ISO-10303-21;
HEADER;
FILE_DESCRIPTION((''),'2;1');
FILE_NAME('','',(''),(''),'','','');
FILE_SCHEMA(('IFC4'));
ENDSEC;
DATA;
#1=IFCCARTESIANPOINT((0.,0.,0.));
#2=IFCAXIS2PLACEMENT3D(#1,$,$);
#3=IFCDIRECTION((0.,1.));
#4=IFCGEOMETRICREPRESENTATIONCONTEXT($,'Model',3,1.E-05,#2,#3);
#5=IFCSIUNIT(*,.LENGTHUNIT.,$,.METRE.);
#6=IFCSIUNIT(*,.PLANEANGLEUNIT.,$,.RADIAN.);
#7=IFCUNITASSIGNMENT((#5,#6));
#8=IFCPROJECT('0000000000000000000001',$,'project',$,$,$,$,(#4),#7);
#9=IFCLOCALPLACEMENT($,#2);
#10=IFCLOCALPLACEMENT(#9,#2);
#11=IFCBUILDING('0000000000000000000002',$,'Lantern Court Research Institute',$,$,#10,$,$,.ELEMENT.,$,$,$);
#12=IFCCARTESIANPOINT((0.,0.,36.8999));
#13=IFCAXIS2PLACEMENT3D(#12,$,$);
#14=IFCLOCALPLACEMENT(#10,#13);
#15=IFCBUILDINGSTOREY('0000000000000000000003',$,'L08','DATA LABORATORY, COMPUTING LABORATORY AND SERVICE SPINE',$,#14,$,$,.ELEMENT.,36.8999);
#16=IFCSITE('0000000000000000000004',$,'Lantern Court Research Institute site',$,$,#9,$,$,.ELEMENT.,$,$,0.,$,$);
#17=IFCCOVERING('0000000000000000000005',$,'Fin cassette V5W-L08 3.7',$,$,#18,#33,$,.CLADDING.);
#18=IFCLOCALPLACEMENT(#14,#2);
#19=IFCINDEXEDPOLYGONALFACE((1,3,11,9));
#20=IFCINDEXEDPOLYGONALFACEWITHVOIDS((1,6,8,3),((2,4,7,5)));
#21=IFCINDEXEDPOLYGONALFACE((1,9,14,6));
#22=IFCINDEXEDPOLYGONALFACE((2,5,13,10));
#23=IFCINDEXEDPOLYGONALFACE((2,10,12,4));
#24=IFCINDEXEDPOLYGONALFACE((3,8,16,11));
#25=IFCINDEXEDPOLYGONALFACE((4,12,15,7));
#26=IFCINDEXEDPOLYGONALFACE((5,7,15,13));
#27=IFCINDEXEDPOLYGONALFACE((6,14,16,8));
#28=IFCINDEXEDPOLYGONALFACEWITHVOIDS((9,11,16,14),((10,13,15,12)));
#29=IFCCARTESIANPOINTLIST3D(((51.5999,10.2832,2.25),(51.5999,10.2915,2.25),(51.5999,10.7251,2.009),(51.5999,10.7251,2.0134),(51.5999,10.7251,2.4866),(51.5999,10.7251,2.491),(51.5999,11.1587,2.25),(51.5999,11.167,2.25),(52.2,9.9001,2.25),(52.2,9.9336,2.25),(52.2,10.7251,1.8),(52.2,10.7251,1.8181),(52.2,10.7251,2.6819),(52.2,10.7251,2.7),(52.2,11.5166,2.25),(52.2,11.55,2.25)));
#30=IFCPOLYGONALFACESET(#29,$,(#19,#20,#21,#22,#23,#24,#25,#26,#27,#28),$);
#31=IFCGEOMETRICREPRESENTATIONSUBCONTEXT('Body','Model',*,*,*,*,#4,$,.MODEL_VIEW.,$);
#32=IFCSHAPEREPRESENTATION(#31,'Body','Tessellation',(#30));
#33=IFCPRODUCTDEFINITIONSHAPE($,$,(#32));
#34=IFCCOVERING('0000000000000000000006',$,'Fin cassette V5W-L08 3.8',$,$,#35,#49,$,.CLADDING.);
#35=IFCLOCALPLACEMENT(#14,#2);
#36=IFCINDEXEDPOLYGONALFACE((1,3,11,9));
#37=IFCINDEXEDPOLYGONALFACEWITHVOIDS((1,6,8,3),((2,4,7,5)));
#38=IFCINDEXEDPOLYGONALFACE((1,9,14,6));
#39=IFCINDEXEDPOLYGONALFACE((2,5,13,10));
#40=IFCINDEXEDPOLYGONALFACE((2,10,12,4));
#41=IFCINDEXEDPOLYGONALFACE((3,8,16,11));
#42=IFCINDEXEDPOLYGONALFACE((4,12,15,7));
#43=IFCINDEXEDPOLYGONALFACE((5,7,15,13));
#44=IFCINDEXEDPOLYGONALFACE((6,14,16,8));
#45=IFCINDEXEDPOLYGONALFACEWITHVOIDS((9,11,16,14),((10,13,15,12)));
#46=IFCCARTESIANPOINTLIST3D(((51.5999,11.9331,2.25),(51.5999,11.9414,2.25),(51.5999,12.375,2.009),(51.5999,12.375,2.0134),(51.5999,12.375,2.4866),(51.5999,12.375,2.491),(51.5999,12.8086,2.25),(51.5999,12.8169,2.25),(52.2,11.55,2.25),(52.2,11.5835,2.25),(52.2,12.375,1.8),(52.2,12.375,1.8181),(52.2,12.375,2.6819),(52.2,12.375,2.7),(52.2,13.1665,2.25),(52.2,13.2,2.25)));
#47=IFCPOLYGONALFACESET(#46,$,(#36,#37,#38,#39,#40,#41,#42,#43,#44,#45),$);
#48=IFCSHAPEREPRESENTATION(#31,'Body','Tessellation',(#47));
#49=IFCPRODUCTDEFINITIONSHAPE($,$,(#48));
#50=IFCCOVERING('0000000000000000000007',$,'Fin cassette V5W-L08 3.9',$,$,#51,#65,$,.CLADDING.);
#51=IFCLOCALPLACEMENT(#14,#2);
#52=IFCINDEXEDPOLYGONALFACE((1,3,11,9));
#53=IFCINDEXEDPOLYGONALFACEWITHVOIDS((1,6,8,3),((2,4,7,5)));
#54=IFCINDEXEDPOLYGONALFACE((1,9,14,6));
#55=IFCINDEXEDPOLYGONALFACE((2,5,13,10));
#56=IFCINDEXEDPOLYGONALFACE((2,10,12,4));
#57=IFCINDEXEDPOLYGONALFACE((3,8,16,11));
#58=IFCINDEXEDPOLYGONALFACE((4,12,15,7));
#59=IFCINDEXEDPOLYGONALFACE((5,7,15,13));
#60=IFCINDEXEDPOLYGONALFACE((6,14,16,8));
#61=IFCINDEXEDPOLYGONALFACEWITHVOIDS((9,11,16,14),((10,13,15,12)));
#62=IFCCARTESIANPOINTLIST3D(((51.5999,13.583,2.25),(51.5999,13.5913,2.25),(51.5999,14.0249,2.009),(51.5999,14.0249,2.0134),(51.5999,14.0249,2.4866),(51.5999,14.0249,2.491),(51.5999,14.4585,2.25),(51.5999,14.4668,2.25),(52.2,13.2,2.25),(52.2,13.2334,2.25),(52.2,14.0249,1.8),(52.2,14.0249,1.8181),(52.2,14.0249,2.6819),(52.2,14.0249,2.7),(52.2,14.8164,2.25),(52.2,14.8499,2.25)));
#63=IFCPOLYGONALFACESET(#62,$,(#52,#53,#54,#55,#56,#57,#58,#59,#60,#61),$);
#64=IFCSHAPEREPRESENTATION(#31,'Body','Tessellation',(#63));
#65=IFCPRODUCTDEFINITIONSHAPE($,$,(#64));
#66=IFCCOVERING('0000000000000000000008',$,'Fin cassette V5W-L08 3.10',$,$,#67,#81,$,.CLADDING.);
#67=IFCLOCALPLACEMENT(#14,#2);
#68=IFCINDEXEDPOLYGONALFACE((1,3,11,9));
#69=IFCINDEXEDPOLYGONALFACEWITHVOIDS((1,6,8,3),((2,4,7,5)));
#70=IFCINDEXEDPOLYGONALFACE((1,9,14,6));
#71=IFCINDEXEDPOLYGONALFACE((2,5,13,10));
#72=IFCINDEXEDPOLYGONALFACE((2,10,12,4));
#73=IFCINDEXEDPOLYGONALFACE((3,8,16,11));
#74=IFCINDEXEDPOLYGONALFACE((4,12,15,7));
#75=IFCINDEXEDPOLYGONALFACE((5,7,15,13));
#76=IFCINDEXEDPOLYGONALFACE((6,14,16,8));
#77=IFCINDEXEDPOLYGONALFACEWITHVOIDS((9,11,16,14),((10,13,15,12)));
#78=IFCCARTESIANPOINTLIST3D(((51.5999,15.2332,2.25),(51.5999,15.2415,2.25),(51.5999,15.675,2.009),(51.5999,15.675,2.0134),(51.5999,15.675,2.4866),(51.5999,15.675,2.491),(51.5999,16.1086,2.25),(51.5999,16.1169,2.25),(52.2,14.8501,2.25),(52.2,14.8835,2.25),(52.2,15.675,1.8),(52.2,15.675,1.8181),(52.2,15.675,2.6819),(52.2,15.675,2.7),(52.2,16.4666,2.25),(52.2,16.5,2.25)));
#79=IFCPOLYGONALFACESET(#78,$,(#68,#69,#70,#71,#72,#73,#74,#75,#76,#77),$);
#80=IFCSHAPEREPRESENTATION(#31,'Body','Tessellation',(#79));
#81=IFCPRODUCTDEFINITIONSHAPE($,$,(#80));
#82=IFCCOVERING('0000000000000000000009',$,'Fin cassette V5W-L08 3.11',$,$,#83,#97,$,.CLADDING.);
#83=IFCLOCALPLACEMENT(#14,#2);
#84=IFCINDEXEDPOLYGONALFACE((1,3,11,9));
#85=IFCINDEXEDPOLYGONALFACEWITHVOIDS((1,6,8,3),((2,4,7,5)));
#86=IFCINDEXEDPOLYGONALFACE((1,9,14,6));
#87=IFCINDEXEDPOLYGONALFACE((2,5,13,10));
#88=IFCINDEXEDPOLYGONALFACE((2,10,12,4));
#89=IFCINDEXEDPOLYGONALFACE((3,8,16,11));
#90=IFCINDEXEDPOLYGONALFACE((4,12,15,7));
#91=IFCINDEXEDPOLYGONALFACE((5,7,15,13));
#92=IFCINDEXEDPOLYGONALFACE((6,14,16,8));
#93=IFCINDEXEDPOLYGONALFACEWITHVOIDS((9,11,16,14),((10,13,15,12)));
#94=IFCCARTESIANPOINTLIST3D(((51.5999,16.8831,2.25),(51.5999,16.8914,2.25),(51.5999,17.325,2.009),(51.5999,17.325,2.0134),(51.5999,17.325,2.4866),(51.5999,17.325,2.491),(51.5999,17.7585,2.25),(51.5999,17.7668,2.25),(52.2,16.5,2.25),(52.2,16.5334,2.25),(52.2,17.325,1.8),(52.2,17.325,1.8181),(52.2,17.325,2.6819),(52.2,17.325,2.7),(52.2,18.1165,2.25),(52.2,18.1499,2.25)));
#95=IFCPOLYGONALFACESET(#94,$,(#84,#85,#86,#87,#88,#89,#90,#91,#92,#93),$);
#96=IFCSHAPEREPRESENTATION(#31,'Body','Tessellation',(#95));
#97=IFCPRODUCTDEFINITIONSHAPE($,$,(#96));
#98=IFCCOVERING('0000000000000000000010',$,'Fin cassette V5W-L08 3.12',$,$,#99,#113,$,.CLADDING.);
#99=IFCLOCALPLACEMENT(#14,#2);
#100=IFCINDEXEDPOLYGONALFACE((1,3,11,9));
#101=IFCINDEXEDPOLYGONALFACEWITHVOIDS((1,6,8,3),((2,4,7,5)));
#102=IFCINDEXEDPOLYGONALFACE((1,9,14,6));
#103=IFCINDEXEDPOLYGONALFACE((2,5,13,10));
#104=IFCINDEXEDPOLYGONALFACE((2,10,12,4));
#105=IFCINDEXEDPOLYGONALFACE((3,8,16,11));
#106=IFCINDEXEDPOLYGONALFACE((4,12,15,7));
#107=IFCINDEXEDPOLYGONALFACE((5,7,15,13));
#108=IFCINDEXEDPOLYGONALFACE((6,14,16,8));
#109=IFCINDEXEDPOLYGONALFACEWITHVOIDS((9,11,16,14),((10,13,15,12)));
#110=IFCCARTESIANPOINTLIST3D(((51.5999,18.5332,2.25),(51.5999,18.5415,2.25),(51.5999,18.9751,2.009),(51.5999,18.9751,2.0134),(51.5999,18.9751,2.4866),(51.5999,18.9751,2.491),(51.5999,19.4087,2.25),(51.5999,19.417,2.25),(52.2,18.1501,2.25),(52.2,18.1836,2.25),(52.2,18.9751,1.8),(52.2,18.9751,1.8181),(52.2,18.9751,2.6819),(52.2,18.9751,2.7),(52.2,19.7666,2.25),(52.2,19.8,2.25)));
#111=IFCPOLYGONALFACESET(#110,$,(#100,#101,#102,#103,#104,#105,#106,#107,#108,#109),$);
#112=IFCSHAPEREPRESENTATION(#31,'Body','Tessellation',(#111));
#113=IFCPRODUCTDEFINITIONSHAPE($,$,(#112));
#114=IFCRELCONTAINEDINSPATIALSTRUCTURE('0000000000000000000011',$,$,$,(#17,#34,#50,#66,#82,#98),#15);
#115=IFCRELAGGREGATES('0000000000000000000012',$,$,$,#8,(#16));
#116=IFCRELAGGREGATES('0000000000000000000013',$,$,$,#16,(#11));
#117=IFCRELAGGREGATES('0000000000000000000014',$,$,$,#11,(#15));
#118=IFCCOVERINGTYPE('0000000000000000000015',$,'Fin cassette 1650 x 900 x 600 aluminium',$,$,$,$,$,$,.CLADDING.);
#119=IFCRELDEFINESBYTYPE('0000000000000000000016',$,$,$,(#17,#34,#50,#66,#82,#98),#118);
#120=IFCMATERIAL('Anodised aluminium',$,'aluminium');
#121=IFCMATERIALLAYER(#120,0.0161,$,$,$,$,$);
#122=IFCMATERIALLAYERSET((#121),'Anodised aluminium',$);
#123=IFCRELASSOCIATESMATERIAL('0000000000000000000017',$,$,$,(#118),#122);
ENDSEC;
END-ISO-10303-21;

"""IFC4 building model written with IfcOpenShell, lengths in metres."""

from ifc_helpers import new_model, entity, si_unit, direction, frame, origin, place, context, subcontext, project, spatial, material, layer, layer_set, type_object, element, save


model = new_model("IFC4")

# Units and contexts
model_context = context("Model", 3, precision=1e-05, world=origin(), true_north=direction((0.0, 1.0)))
body_context = subcontext(model_context, "Body", "Model", "MODEL_VIEW")
ifc_project = project(units=[si_unit("LENGTHUNIT", "METRE"), si_unit("PLANEANGLEUNIT", "RADIAN")], contexts=[model_context])

# Site, building, storey
site_placement = place(None, origin())
site = spatial("IfcSite", under=ifc_project, at=site_placement, Name="Lantern Court Research Institute site", CompositionType="ELEMENT", RefElevation=0.0)
building_placement = place(site_placement, origin())
building = spatial("IfcBuilding", under=site, at=building_placement, Name="Lantern Court Research Institute", CompositionType="ELEMENT")
storey_placement = place(building_placement, frame((0.0, 0.0, 36.8999)))
storey = spatial("IfcBuildingStorey", under=building, at=storey_placement, Name="L08", Description="DATA LABORATORY, COMPUTING LABORATORY AND SERVICE SPINE", CompositionType="ELEMENT", Elevation=36.8999)

# Coverings
ifc_material = material(Name="Anodised aluminium", Category="aluminium")
ifc_layer = layer(ifc_material, 0.0161)
ifc_layer_set = layer_set([ifc_layer], Name="Anodised aluminium")
covering_type = type_object("IfcCoveringType", Name="Fin cassette 1650 x 900 x 600 aluminium", PredefinedType="CLADDING", material=ifc_layer_set)
covering_1_placement = place(storey_placement, frame((52.2, 10.7251, 2.25), z_axis=(-1.0, 0.0, 0.0), x_axis=(0.0, -1.0, 0.0)))
cartesian_point_1 = entity("IfcCartesianPoint", [0.825, 0.0])
cartesian_point_2 = entity("IfcCartesianPoint", [0.7915, 0.0])
cartesian_point_3 = entity("IfcCartesianPoint", [0.4419, 0.0])
cartesian_point_4 = entity("IfcCartesianPoint", [0.4336, 0.0])
element("IfcCovering", 1, at=covering_1_placement, inside=storey, type_object=covering_type, Name="Fin cassette V5W-L08 3.7", PredefinedType="CLADDING", context=body_context, shape_type="SweptSolid", body=[
    entity("IfcExtrudedAreaSolidTapered", entity("IfcArbitraryProfileDefWithVoids", "AREA", None, entity("IfcPolyline", [cartesian_point_1, entity("IfcCartesianPoint", [0.0, 0.45]), entity("IfcCartesianPoint", [-0.825, 0.0]), entity("IfcCartesianPoint", [0.0, -0.45]), cartesian_point_1]), [entity("IfcPolyline", [cartesian_point_2, entity("IfcCartesianPoint", [0.0, 0.4319]), entity("IfcCartesianPoint", [-0.7915, 0.0]), entity("IfcCartesianPoint", [0.0, -0.4319]), cartesian_point_2])]), entity("IfcAxis2Placement3D", entity("IfcCartesianPoint", [0.0, 0.0, 0.0])), entity("IfcDirection", [0.0, 0.0, 1.0]), 0.6001, entity("IfcArbitraryProfileDefWithVoids", "AREA", None, entity("IfcPolyline", [cartesian_point_3, entity("IfcCartesianPoint", [0.0, 0.241]), entity("IfcCartesianPoint", [-0.4419, 0.0]), entity("IfcCartesianPoint", [0.0, -0.241]), cartesian_point_3]), [entity("IfcPolyline", [cartesian_point_4, entity("IfcCartesianPoint", [0.0, 0.2366]), entity("IfcCartesianPoint", [-0.4336, 0.0]), entity("IfcCartesianPoint", [0.0, -0.2366]), cartesian_point_4])])),
])
covering_2_placement = place(storey_placement, frame((52.2, 12.375, 2.25), z_axis=(-1.0, 0.0, 0.0), x_axis=(0.0, -1.0, 0.0)))
cartesian_point_5 = entity("IfcCartesianPoint", [0.825, 0.0])
cartesian_point_6 = entity("IfcCartesianPoint", [0.7915, 0.0])
cartesian_point_7 = entity("IfcCartesianPoint", [0.4419, 0.0])
cartesian_point_8 = entity("IfcCartesianPoint", [0.4336, 0.0])
element("IfcCovering", 2, at=covering_2_placement, inside=storey, type_object=covering_type, Name="Fin cassette V5W-L08 3.8", PredefinedType="CLADDING", context=body_context, shape_type="SweptSolid", body=[
    entity("IfcExtrudedAreaSolidTapered", entity("IfcArbitraryProfileDefWithVoids", "AREA", None, entity("IfcPolyline", [cartesian_point_5, entity("IfcCartesianPoint", [0.0, 0.45]), entity("IfcCartesianPoint", [-0.825, 0.0]), entity("IfcCartesianPoint", [0.0, -0.45]), cartesian_point_5]), [entity("IfcPolyline", [cartesian_point_6, entity("IfcCartesianPoint", [0.0, 0.4319]), entity("IfcCartesianPoint", [-0.7915, 0.0]), entity("IfcCartesianPoint", [0.0, -0.4319]), cartesian_point_6])]), entity("IfcAxis2Placement3D", entity("IfcCartesianPoint", [0.0, 0.0, 0.0])), entity("IfcDirection", [0.0, 0.0, 1.0]), 0.6001, entity("IfcArbitraryProfileDefWithVoids", "AREA", None, entity("IfcPolyline", [cartesian_point_7, entity("IfcCartesianPoint", [0.0, 0.241]), entity("IfcCartesianPoint", [-0.4419, 0.0]), entity("IfcCartesianPoint", [0.0, -0.241]), cartesian_point_7]), [entity("IfcPolyline", [cartesian_point_8, entity("IfcCartesianPoint", [0.0, 0.2366]), entity("IfcCartesianPoint", [-0.4336, 0.0]), entity("IfcCartesianPoint", [0.0, -0.2366]), cartesian_point_8])])),
])
covering_3_placement = place(storey_placement, frame((52.2, 14.0249, 2.25), z_axis=(-1.0, 0.0, 0.0), x_axis=(0.0, -1.0, 0.0)))
cartesian_point_9 = entity("IfcCartesianPoint", [0.825, 0.0])
cartesian_point_10 = entity("IfcCartesianPoint", [0.7915, 0.0])
cartesian_point_11 = entity("IfcCartesianPoint", [0.4419, 0.0])
cartesian_point_12 = entity("IfcCartesianPoint", [0.4336, 0.0])
element("IfcCovering", 3, at=covering_3_placement, inside=storey, type_object=covering_type, Name="Fin cassette V5W-L08 3.9", PredefinedType="CLADDING", context=body_context, shape_type="SweptSolid", body=[
    entity("IfcExtrudedAreaSolidTapered", entity("IfcArbitraryProfileDefWithVoids", "AREA", None, entity("IfcPolyline", [cartesian_point_9, entity("IfcCartesianPoint", [0.0, 0.45]), entity("IfcCartesianPoint", [-0.825, 0.0]), entity("IfcCartesianPoint", [0.0, -0.45]), cartesian_point_9]), [entity("IfcPolyline", [cartesian_point_10, entity("IfcCartesianPoint", [0.0, 0.4319]), entity("IfcCartesianPoint", [-0.7915, 0.0]), entity("IfcCartesianPoint", [0.0, -0.4319]), cartesian_point_10])]), entity("IfcAxis2Placement3D", entity("IfcCartesianPoint", [0.0, 0.0, 0.0])), entity("IfcDirection", [0.0, 0.0, 1.0]), 0.6001, entity("IfcArbitraryProfileDefWithVoids", "AREA", None, entity("IfcPolyline", [cartesian_point_11, entity("IfcCartesianPoint", [0.0, 0.241]), entity("IfcCartesianPoint", [-0.4419, 0.0]), entity("IfcCartesianPoint", [0.0, -0.241]), cartesian_point_11]), [entity("IfcPolyline", [cartesian_point_12, entity("IfcCartesianPoint", [0.0, 0.2366]), entity("IfcCartesianPoint", [-0.4336, 0.0]), entity("IfcCartesianPoint", [0.0, -0.2366]), cartesian_point_12])])),
])
covering_4_placement = place(storey_placement, frame((52.2, 15.675, 2.25), z_axis=(-1.0, 0.0, 0.0), x_axis=(0.0, -1.0, 0.0)))
cartesian_point_13 = entity("IfcCartesianPoint", [0.825, 0.0])
cartesian_point_14 = entity("IfcCartesianPoint", [0.7915, 0.0])
cartesian_point_15 = entity("IfcCartesianPoint", [0.4419, 0.0])
cartesian_point_16 = entity("IfcCartesianPoint", [0.4336, 0.0])
element("IfcCovering", 4, at=covering_4_placement, inside=storey, type_object=covering_type, Name="Fin cassette V5W-L08 3.10", PredefinedType="CLADDING", context=body_context, shape_type="SweptSolid", body=[
    entity("IfcExtrudedAreaSolidTapered", entity("IfcArbitraryProfileDefWithVoids", "AREA", None, entity("IfcPolyline", [cartesian_point_13, entity("IfcCartesianPoint", [0.0, 0.45]), entity("IfcCartesianPoint", [-0.825, 0.0]), entity("IfcCartesianPoint", [0.0, -0.45]), cartesian_point_13]), [entity("IfcPolyline", [cartesian_point_14, entity("IfcCartesianPoint", [0.0, 0.4319]), entity("IfcCartesianPoint", [-0.7915, 0.0]), entity("IfcCartesianPoint", [0.0, -0.4319]), cartesian_point_14])]), entity("IfcAxis2Placement3D", entity("IfcCartesianPoint", [0.0, 0.0, 0.0])), entity("IfcDirection", [0.0, 0.0, 1.0]), 0.6001, entity("IfcArbitraryProfileDefWithVoids", "AREA", None, entity("IfcPolyline", [cartesian_point_15, entity("IfcCartesianPoint", [0.0, 0.241]), entity("IfcCartesianPoint", [-0.4419, 0.0]), entity("IfcCartesianPoint", [0.0, -0.241]), cartesian_point_15]), [entity("IfcPolyline", [cartesian_point_16, entity("IfcCartesianPoint", [0.0, 0.2366]), entity("IfcCartesianPoint", [-0.4336, 0.0]), entity("IfcCartesianPoint", [0.0, -0.2366]), cartesian_point_16])])),
])
covering_5_placement = place(storey_placement, frame((52.2, 17.325, 2.25), z_axis=(-1.0, 0.0, 0.0), x_axis=(0.0, -1.0, 0.0)))
cartesian_point_17 = entity("IfcCartesianPoint", [0.825, 0.0])
cartesian_point_18 = entity("IfcCartesianPoint", [0.7915, 0.0])
cartesian_point_19 = entity("IfcCartesianPoint", [0.4419, 0.0])
cartesian_point_20 = entity("IfcCartesianPoint", [0.4336, 0.0])
element("IfcCovering", 5, at=covering_5_placement, inside=storey, type_object=covering_type, Name="Fin cassette V5W-L08 3.11", PredefinedType="CLADDING", context=body_context, shape_type="SweptSolid", body=[
    entity("IfcExtrudedAreaSolidTapered", entity("IfcArbitraryProfileDefWithVoids", "AREA", None, entity("IfcPolyline", [cartesian_point_17, entity("IfcCartesianPoint", [0.0, 0.45]), entity("IfcCartesianPoint", [-0.825, 0.0]), entity("IfcCartesianPoint", [0.0, -0.45]), cartesian_point_17]), [entity("IfcPolyline", [cartesian_point_18, entity("IfcCartesianPoint", [0.0, 0.4319]), entity("IfcCartesianPoint", [-0.7915, 0.0]), entity("IfcCartesianPoint", [0.0, -0.4319]), cartesian_point_18])]), entity("IfcAxis2Placement3D", entity("IfcCartesianPoint", [0.0, 0.0, 0.0])), entity("IfcDirection", [0.0, 0.0, 1.0]), 0.6001, entity("IfcArbitraryProfileDefWithVoids", "AREA", None, entity("IfcPolyline", [cartesian_point_19, entity("IfcCartesianPoint", [0.0, 0.241]), entity("IfcCartesianPoint", [-0.4419, 0.0]), entity("IfcCartesianPoint", [0.0, -0.241]), cartesian_point_19]), [entity("IfcPolyline", [cartesian_point_20, entity("IfcCartesianPoint", [0.0, 0.2366]), entity("IfcCartesianPoint", [-0.4336, 0.0]), entity("IfcCartesianPoint", [0.0, -0.2366]), cartesian_point_20])])),
])
covering_6_placement = place(storey_placement, frame((52.2, 18.9751, 2.25), z_axis=(-1.0, 0.0, 0.0), x_axis=(0.0, -1.0, 0.0)))
cartesian_point_21 = entity("IfcCartesianPoint", [0.825, 0.0])
cartesian_point_22 = entity("IfcCartesianPoint", [0.7915, 0.0])
cartesian_point_23 = entity("IfcCartesianPoint", [0.4419, 0.0])
cartesian_point_24 = entity("IfcCartesianPoint", [0.4336, 0.0])
element("IfcCovering", 6, at=covering_6_placement, inside=storey, type_object=covering_type, Name="Fin cassette V5W-L08 3.12", PredefinedType="CLADDING", context=body_context, shape_type="SweptSolid", body=[
    entity("IfcExtrudedAreaSolidTapered", entity("IfcArbitraryProfileDefWithVoids", "AREA", None, entity("IfcPolyline", [cartesian_point_21, entity("IfcCartesianPoint", [0.0, 0.45]), entity("IfcCartesianPoint", [-0.825, 0.0]), entity("IfcCartesianPoint", [0.0, -0.45]), cartesian_point_21]), [entity("IfcPolyline", [cartesian_point_22, entity("IfcCartesianPoint", [0.0, 0.4319]), entity("IfcCartesianPoint", [-0.7915, 0.0]), entity("IfcCartesianPoint", [0.0, -0.4319]), cartesian_point_22])]), entity("IfcAxis2Placement3D", entity("IfcCartesianPoint", [0.0, 0.0, 0.0])), entity("IfcDirection", [0.0, 0.0, 1.0]), 0.6001, entity("IfcArbitraryProfileDefWithVoids", "AREA", None, entity("IfcPolyline", [cartesian_point_23, entity("IfcCartesianPoint", [0.0, 0.241]), entity("IfcCartesianPoint", [-0.4419, 0.0]), entity("IfcCartesianPoint", [0.0, -0.241]), cartesian_point_23]), [entity("IfcPolyline", [cartesian_point_24, entity("IfcCartesianPoint", [0.0, 0.2366]), entity("IfcCartesianPoint", [-0.4336, 0.0]), entity("IfcCartesianPoint", [0.0, -0.2366]), cartesian_point_24])])),
])

save(model, "model.ifc")
